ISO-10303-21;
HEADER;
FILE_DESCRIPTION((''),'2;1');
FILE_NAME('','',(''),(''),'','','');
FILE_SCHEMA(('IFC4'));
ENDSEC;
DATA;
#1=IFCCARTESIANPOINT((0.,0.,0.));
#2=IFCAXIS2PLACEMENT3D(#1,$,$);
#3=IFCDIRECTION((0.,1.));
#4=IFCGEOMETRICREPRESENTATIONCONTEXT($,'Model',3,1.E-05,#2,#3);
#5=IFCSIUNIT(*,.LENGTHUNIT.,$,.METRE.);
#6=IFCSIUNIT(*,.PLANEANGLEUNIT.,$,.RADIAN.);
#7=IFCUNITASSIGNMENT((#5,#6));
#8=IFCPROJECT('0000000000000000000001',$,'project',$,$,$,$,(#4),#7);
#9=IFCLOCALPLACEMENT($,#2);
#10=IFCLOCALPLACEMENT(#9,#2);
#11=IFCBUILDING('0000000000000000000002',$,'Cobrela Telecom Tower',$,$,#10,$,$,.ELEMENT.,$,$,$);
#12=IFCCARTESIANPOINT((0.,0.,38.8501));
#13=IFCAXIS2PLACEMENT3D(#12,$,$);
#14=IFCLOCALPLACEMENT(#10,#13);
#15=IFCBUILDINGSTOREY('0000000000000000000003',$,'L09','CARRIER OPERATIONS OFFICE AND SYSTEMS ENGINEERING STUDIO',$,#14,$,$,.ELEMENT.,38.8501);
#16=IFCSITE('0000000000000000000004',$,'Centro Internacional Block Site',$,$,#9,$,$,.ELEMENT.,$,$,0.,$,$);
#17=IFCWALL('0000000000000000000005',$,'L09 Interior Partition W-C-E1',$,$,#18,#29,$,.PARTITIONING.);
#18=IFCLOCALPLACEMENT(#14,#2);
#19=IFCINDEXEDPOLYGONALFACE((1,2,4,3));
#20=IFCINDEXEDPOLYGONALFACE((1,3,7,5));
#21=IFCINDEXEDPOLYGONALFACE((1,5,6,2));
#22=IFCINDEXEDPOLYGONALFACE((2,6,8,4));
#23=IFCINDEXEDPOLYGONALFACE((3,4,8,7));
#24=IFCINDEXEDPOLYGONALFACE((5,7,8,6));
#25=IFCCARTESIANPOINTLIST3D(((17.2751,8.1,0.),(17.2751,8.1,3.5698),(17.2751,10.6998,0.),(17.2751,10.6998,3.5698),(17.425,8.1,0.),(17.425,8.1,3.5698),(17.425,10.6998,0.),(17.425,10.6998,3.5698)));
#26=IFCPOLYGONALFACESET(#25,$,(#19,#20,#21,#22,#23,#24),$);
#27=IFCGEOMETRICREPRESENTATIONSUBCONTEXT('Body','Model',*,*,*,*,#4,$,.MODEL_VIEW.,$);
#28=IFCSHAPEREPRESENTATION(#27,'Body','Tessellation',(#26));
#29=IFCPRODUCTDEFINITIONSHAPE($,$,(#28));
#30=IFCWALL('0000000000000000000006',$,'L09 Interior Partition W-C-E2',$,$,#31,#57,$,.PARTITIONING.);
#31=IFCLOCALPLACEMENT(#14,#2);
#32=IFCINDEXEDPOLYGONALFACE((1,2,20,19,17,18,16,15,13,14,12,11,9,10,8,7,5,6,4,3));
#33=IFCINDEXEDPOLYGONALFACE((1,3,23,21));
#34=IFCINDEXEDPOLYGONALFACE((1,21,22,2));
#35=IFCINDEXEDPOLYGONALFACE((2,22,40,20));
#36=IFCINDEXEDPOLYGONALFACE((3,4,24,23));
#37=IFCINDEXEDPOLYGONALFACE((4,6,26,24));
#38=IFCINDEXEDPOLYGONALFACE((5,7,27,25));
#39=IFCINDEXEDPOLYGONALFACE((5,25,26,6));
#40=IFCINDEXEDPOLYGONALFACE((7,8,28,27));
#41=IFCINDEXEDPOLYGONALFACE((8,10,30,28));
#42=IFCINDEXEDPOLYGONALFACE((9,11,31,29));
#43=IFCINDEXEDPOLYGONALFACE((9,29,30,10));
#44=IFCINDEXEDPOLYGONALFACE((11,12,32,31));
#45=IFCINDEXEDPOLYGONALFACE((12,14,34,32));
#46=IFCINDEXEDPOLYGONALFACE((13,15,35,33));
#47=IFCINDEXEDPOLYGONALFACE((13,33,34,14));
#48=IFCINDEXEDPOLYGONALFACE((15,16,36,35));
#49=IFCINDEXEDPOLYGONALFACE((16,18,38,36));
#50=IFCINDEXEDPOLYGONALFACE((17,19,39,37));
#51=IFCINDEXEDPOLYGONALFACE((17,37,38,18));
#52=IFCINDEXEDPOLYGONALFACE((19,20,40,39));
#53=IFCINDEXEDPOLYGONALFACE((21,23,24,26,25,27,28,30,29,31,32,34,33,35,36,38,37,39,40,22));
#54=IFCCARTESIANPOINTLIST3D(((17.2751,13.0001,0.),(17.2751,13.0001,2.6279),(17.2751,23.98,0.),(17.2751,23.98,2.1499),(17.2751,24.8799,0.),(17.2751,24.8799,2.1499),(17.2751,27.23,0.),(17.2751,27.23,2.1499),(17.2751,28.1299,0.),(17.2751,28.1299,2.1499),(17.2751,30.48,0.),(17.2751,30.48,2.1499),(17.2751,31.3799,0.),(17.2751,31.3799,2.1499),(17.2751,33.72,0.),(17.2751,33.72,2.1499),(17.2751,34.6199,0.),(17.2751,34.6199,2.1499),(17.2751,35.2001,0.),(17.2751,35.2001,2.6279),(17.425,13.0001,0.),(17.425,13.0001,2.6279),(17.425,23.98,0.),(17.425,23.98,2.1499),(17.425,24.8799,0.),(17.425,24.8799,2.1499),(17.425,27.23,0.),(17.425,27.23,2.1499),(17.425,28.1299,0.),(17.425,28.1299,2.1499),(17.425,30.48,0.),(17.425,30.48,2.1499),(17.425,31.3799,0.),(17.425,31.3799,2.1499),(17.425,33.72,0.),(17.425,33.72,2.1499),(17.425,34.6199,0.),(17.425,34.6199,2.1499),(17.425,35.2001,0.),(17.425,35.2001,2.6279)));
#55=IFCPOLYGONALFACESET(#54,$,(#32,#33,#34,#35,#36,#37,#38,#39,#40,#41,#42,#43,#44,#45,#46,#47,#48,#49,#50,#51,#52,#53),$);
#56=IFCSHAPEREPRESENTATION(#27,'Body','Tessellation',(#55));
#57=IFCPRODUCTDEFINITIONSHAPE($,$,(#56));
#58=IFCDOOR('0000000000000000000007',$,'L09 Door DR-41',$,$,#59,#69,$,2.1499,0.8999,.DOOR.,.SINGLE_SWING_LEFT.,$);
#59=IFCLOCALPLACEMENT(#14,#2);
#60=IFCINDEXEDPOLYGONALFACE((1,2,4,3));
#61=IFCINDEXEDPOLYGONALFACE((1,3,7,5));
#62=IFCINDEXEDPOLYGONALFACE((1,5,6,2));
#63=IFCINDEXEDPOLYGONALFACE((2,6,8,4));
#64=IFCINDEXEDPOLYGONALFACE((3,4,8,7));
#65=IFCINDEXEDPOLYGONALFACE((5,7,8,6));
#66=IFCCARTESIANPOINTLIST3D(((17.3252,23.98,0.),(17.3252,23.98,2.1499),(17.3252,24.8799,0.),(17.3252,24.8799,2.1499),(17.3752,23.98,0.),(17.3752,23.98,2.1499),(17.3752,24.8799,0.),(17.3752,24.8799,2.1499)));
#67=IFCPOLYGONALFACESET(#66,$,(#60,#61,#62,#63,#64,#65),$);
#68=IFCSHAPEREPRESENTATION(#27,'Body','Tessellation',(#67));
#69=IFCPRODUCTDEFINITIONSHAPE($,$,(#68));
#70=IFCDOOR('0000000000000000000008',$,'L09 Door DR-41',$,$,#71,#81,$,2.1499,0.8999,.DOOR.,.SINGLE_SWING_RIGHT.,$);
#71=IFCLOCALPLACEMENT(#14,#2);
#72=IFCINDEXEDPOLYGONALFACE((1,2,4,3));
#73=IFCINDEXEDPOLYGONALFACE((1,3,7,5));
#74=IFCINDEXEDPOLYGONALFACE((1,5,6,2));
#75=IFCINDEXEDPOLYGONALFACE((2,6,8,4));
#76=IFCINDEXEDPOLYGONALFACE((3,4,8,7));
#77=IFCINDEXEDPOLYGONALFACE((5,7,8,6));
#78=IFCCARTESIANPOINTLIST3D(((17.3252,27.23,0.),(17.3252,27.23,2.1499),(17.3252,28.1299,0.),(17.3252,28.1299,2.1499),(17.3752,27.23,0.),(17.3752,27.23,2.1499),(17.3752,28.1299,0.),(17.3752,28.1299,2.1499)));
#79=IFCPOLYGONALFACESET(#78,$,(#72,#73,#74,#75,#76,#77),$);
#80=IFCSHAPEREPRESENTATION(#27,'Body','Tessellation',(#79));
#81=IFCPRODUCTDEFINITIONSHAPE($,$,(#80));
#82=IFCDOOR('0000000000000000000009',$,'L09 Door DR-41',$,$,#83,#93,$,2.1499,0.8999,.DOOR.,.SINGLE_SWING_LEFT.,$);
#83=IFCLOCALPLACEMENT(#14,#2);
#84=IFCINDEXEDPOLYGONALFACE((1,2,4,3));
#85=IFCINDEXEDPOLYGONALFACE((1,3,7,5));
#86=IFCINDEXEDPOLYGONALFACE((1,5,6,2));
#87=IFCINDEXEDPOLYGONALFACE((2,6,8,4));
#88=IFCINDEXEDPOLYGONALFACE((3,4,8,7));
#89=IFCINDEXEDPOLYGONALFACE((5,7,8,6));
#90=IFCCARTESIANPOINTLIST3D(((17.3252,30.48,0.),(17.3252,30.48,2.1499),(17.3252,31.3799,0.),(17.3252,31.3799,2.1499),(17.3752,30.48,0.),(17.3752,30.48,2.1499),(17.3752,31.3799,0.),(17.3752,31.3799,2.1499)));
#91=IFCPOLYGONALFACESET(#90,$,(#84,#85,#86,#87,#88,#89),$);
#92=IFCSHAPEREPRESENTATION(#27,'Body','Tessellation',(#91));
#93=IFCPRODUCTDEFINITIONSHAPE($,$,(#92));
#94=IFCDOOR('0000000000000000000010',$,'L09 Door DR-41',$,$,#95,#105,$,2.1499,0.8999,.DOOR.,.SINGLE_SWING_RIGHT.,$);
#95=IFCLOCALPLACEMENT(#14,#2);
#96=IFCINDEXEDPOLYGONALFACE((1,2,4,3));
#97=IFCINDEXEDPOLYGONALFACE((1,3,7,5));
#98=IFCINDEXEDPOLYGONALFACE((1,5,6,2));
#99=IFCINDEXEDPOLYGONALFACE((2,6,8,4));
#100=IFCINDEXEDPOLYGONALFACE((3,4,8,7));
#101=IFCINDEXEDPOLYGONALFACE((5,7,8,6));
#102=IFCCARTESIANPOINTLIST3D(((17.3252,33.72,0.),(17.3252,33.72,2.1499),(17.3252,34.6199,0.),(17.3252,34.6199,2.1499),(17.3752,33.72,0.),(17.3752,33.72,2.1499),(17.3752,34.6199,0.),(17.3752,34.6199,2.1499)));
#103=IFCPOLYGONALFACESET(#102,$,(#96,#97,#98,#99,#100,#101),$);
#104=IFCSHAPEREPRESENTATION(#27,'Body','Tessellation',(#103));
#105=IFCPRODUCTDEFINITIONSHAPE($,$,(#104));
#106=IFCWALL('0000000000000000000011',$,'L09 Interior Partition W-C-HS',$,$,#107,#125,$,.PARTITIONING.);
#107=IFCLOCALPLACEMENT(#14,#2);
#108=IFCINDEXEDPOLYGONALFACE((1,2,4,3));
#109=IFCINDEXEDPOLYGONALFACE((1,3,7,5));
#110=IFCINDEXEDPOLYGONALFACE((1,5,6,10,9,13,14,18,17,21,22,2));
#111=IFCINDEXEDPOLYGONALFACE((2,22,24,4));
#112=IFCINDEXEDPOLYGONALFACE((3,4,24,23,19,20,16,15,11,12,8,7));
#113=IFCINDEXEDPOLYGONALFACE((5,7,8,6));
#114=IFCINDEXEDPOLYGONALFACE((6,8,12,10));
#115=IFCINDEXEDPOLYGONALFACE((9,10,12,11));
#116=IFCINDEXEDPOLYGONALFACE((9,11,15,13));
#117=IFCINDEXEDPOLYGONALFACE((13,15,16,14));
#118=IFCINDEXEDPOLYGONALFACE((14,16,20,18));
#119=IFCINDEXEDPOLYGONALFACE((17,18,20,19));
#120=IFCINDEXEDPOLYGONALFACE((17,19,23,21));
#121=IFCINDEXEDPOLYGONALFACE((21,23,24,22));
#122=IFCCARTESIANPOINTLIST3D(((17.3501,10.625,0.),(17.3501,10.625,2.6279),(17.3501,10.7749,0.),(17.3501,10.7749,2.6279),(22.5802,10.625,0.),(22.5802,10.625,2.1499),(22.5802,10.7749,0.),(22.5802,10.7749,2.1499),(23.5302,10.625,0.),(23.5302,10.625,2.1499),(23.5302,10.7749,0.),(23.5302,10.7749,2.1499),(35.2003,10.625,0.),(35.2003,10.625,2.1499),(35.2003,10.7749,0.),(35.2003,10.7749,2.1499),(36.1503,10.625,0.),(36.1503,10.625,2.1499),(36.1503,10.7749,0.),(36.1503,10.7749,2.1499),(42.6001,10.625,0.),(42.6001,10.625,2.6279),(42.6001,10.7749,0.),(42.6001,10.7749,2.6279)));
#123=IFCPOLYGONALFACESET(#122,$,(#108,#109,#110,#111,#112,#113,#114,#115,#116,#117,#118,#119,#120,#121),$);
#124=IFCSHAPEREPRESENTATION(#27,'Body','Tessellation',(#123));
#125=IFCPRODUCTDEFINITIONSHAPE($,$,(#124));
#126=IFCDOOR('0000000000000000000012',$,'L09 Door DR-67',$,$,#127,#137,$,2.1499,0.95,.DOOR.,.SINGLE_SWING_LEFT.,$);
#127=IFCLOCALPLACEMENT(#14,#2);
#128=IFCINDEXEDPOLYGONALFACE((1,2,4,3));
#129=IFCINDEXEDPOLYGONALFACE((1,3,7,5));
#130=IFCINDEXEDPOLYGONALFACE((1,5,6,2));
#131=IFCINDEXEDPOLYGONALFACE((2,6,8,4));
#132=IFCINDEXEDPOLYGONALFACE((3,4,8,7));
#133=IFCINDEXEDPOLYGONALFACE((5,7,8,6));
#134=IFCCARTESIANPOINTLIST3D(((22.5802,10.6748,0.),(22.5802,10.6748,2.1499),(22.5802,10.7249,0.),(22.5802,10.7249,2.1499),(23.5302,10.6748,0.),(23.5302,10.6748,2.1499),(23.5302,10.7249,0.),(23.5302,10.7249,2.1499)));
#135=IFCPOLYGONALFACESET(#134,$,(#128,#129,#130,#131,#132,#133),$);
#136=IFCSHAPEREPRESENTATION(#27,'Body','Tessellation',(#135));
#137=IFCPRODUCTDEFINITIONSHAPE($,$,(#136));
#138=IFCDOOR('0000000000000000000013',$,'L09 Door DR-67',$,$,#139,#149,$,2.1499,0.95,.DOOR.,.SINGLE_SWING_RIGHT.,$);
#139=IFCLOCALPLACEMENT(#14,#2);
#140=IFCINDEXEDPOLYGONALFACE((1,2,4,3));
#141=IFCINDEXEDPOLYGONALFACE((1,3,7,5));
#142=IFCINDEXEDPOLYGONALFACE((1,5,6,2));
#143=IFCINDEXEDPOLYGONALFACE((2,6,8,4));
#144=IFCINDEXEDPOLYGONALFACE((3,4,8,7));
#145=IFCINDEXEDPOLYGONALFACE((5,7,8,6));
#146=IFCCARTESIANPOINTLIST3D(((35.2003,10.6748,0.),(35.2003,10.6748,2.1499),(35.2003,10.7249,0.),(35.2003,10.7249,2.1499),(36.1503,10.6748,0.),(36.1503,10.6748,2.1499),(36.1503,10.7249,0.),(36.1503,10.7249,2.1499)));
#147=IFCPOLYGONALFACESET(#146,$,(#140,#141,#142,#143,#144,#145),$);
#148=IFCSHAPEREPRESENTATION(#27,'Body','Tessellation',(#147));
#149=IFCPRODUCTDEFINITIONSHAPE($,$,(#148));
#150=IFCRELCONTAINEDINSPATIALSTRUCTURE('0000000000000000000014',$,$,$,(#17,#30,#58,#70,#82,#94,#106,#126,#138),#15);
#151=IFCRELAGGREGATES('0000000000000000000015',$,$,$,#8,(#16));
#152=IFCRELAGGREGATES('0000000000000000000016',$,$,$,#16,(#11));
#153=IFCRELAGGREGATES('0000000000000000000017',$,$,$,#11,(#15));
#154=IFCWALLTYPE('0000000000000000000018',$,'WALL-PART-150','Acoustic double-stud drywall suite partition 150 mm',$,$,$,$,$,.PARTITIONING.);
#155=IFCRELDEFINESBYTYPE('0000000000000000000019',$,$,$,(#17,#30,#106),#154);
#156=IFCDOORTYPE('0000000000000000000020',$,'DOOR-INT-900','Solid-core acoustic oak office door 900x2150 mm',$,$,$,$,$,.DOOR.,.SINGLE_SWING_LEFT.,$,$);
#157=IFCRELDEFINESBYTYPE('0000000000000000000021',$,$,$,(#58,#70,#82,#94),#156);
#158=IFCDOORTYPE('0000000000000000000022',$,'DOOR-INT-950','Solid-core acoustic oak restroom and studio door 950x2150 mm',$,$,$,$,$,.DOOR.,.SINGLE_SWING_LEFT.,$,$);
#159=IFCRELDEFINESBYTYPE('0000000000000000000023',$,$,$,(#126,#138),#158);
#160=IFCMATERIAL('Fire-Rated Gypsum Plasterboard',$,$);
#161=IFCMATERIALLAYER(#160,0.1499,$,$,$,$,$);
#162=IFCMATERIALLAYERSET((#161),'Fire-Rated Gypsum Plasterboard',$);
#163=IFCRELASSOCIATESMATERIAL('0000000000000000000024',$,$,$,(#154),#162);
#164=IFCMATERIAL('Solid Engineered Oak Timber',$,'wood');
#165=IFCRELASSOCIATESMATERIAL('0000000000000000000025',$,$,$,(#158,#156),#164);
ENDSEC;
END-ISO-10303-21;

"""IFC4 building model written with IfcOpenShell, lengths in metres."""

from ifc_helpers import new_model, si_unit, direction, frame, frame_2d, origin, place, context, subcontext, project, spatial, rectangle, extrude, material, layer, layer_set, type_object, element, fill, save


model = new_model("IFC4")

# Units and contexts
model_context = context("Model", 3, precision=1e-05, world=origin(), true_north=direction((0.0, 1.0)))
body_context = subcontext(model_context, "Body", "Model", "MODEL_VIEW")
ifc_project = project(units=[si_unit("LENGTHUNIT", "METRE"), si_unit("PLANEANGLEUNIT", "RADIAN")], contexts=[model_context])

# Site, building, storey
site_placement = place(None, origin())
site = spatial("IfcSite", under=ifc_project, at=site_placement, Name="Centro Internacional Block Site", CompositionType="ELEMENT", RefElevation=0.0)
building_placement = place(site_placement, origin())
building = spatial("IfcBuilding", under=site, at=building_placement, Name="Cobrela Telecom Tower", CompositionType="ELEMENT")
storey_placement = place(building_placement, frame((0.0, 0.0, 38.8501)))
storey = spatial("IfcBuildingStorey", under=building, at=storey_placement, Name="L09", Description="CARRIER OPERATIONS OFFICE AND SYSTEMS ENGINEERING STUDIO", CompositionType="ELEMENT", Elevation=38.8501)

# Shared definitions
ifc_material_1 = material(Name="Fire-Rated Gypsum Plasterboard")
ifc_layer_1 = layer(ifc_material_1, 0.1499)
ifc_layer_set_1 = layer_set([ifc_layer_1], Name="Fire-Rated Gypsum Plasterboard")
wall_type_1 = type_object("IfcWallType", Name="WALL-PART-150", Description="Acoustic double-stud drywall suite partition 150 mm", PredefinedType="PARTITIONING", material=ifc_layer_set_1)
ifc_material_2 = material(Name="Solid Engineered Oak Timber", Category="wood")
door_type_1 = type_object("IfcDoorType", Name="DOOR-INT-950", Description="Solid-core acoustic oak restroom and studio door 950x2150 mm", OperationType="SINGLE_SWING_LEFT", PredefinedType="DOOR", material=ifc_material_2)

# Wall
wall_1_placement = place(storey_placement, frame((17.3501, 8.1001, 0.0), z_axis=(0.0, 0.0, 1.0), x_axis=(0.0, 1.0, 0.0)))
element("IfcWall", 1, at=wall_1_placement, inside=storey, type_object=wall_type_1, Name="L09 Interior Partition W-C-E1", PredefinedType="PARTITIONING", context=body_context, shape_type="SweptSolid", body=[
    extrude(rectangle(XDim=2.5999, YDim=0.1499, at=frame_2d((1.2998, 0.0))), origin(), (0.0, 0.0, 1.0), 3.5698),
])

# Walls, openings, doors
wall_2_placement = place(storey_placement, frame((17.3501, 13.0, 0.0), z_axis=(0.0, 0.0, 1.0), x_axis=(0.0, 1.0, 0.0)))
wall_2 = element("IfcWall", 2, at=wall_2_placement, inside=storey, type_object=wall_type_1, Name="L09 Interior Partition W-C-E2", PredefinedType="PARTITIONING", context=body_context, shape_type="SweptSolid", body=[
    extrude(rectangle(XDim=22.2, YDim=0.1499, at=frame_2d((11.1001, 0.0))), origin(), (0.0, 0.0, 1.0), 2.6279),
])
opening_1_placement = place(wall_2_placement, frame((10.98, 0.0, 0.0)))
opening_1 = element("IfcOpeningElement", 3, at=opening_1_placement, cuts=wall_2, PredefinedType="OPENING", context=body_context, shape_type="SweptSolid", body=[
    extrude(rectangle(XDim=0.8999, YDim=2.1499, at=frame_2d((0.45, 1.075))), frame((0.0, 0.0869, 0.0), z_axis=(0.0, -1.0, 0.0), x_axis=(1.0, 0.0, 0.0)), (0.0, 0.0, 1.0), 0.1738),
])
opening_2_placement = place(wall_2_placement, frame((14.23, 0.0, 0.0)))
opening_2 = element("IfcOpeningElement", 4, at=opening_2_placement, cuts=wall_2, PredefinedType="OPENING", context=body_context, shape_type="SweptSolid", body=[
    extrude(rectangle(XDim=0.8999, YDim=2.1499, at=frame_2d((0.45, 1.075))), frame((0.0, 0.0869, 0.0), z_axis=(0.0, -1.0, 0.0), x_axis=(1.0, 0.0, 0.0)), (0.0, 0.0, 1.0), 0.1738),
])
opening_3_placement = place(wall_2_placement, frame((17.48, 0.0, 0.0)))
opening_3 = element("IfcOpeningElement", 5, at=opening_3_placement, cuts=wall_2, PredefinedType="OPENING", context=body_context, shape_type="SweptSolid", body=[
    extrude(rectangle(XDim=0.8999, YDim=2.1499, at=frame_2d((0.45, 1.075))), frame((0.0, 0.0869, 0.0), z_axis=(0.0, -1.0, 0.0), x_axis=(1.0, 0.0, 0.0)), (0.0, 0.0, 1.0), 0.1738),
])
opening_4_placement = place(wall_2_placement, frame((20.72, 0.0, 0.0)))
opening_4 = element("IfcOpeningElement", 6, at=opening_4_placement, cuts=wall_2, PredefinedType="OPENING", context=body_context, shape_type="SweptSolid", body=[
    extrude(rectangle(XDim=0.8999, YDim=2.1499, at=frame_2d((0.45, 1.075))), frame((0.0, 0.0869, 0.0), z_axis=(0.0, -1.0, 0.0), x_axis=(1.0, 0.0, 0.0)), (0.0, 0.0, 1.0), 0.1738),
])
door_type_2 = type_object("IfcDoorType", Name="DOOR-INT-900", Description="Solid-core acoustic oak office door 900x2150 mm", OperationType="SINGLE_SWING_LEFT", PredefinedType="DOOR", material=ifc_material_2)
door_1_placement = place(opening_1_placement, origin())
door_1 = element("IfcDoor", 7, at=door_1_placement, inside=storey, type_object=door_type_2, Name="L09 Door DR-41", OperationType="SINGLE_SWING_LEFT", OverallHeight=2.1499, OverallWidth=0.8999, PredefinedType="DOOR", context=body_context, shape_type="SweptSolid", body=[
    extrude(rectangle(XDim=0.8999, YDim=2.1499, at=frame_2d((0.45, 1.075))), frame((0.0, 0.0249, 0.0), z_axis=(0.0, -1.0, 0.0), x_axis=(1.0, 0.0, 0.0)), (0.0, 0.0, 1.0), 0.05),
])
fill(opening_1, door_1)
door_2_placement = place(opening_2_placement, origin())
door_2 = element("IfcDoor", 8, at=door_2_placement, inside=storey, type_object=door_type_2, Name="L09 Door DR-41", OperationType="SINGLE_SWING_RIGHT", OverallHeight=2.1499, OverallWidth=0.8999, PredefinedType="DOOR", context=body_context, shape_type="SweptSolid", body=[
    extrude(rectangle(XDim=0.8999, YDim=2.1499, at=frame_2d((0.45, 1.075))), frame((0.0, 0.0249, 0.0), z_axis=(0.0, -1.0, 0.0), x_axis=(1.0, 0.0, 0.0)), (0.0, 0.0, 1.0), 0.05),
])
fill(opening_2, door_2)
door_3_placement = place(opening_3_placement, origin())
door_3 = element("IfcDoor", 9, at=door_3_placement, inside=storey, type_object=door_type_2, Name="L09 Door DR-41", OperationType="SINGLE_SWING_LEFT", OverallHeight=2.1499, OverallWidth=0.8999, PredefinedType="DOOR", context=body_context, shape_type="SweptSolid", body=[
    extrude(rectangle(XDim=0.8999, YDim=2.1499, at=frame_2d((0.45, 1.075))), frame((0.0, 0.0249, 0.0), z_axis=(0.0, -1.0, 0.0), x_axis=(1.0, 0.0, 0.0)), (0.0, 0.0, 1.0), 0.05),
])
fill(opening_3, door_3)
door_4_placement = place(opening_4_placement, origin())
door_4 = element("IfcDoor", 10, at=door_4_placement, inside=storey, type_object=door_type_2, Name="L09 Door DR-41", OperationType="SINGLE_SWING_RIGHT", OverallHeight=2.1499, OverallWidth=0.8999, PredefinedType="DOOR", context=body_context, shape_type="SweptSolid", body=[
    extrude(rectangle(XDim=0.8999, YDim=2.1499, at=frame_2d((0.45, 1.075))), frame((0.0, 0.0249, 0.0), z_axis=(0.0, -1.0, 0.0), x_axis=(1.0, 0.0, 0.0)), (0.0, 0.0, 1.0), 0.05),
])
fill(opening_4, door_4)
wall_3_placement = place(storey_placement, frame((17.3501, 10.7, 0.0), z_axis=(0.0, 0.0, 1.0), x_axis=(1.0, 0.0, 0.0)))
wall_3 = element("IfcWall", 11, at=wall_3_placement, inside=storey, type_object=wall_type_1, Name="L09 Interior Partition W-C-HS", PredefinedType="PARTITIONING", context=body_context, shape_type="SweptSolid", body=[
    extrude(rectangle(XDim=25.25, YDim=0.1499, at=frame_2d((12.625, 0.0))), origin(), (0.0, 0.0, 1.0), 2.6279),
])
opening_5_placement = place(wall_3_placement, frame((5.23, 0.0, 0.0)))
opening_5 = element("IfcOpeningElement", 12, at=opening_5_placement, cuts=wall_3, PredefinedType="OPENING", context=body_context, shape_type="SweptSolid", body=[
    extrude(rectangle(XDim=0.95, YDim=2.1499, at=frame_2d((0.4751, 1.075))), frame((0.0, 0.0869, 0.0), z_axis=(0.0, -1.0, 0.0), x_axis=(1.0, 0.0, 0.0)), (0.0, 0.0, 1.0), 0.1738),
])
opening_6_placement = place(wall_3_placement, frame((17.8501, 0.0, 0.0)))
opening_6 = element("IfcOpeningElement", 13, at=opening_6_placement, cuts=wall_3, PredefinedType="OPENING", context=body_context, shape_type="SweptSolid", body=[
    extrude(rectangle(XDim=0.95, YDim=2.1499, at=frame_2d((0.4751, 1.075))), frame((0.0, 0.0869, 0.0), z_axis=(0.0, -1.0, 0.0), x_axis=(1.0, 0.0, 0.0)), (0.0, 0.0, 1.0), 0.1738),
])
door_5_placement = place(opening_5_placement, origin())
door_5 = element("IfcDoor", 14, at=door_5_placement, inside=storey, type_object=door_type_1, Name="L09 Door DR-67", OperationType="SINGLE_SWING_LEFT", OverallHeight=2.1499, OverallWidth=0.95, PredefinedType="DOOR", context=body_context, shape_type="SweptSolid", body=[
    extrude(rectangle(XDim=0.95, YDim=2.1499, at=frame_2d((0.4751, 1.075))), frame((0.0, 0.0249, 0.0), z_axis=(0.0, -1.0, 0.0), x_axis=(1.0, 0.0, 0.0)), (0.0, 0.0, 1.0), 0.05),
])
fill(opening_5, door_5)
door_6_placement = place(opening_6_placement, origin())
door_6 = element("IfcDoor", 15, at=door_6_placement, inside=storey, type_object=door_type_1, Name="L09 Door DR-67", OperationType="SINGLE_SWING_RIGHT", OverallHeight=2.1499, OverallWidth=0.95, PredefinedType="DOOR", context=body_context, shape_type="SweptSolid", body=[
    extrude(rectangle(XDim=0.95, YDim=2.1499, at=frame_2d((0.4751, 1.075))), frame((0.0, 0.0249, 0.0), z_axis=(0.0, -1.0, 0.0), x_axis=(1.0, 0.0, 0.0)), (0.0, 0.0, 1.0), 0.05),
])
fill(opening_6, door_6)

save(model, "model.ifc")
